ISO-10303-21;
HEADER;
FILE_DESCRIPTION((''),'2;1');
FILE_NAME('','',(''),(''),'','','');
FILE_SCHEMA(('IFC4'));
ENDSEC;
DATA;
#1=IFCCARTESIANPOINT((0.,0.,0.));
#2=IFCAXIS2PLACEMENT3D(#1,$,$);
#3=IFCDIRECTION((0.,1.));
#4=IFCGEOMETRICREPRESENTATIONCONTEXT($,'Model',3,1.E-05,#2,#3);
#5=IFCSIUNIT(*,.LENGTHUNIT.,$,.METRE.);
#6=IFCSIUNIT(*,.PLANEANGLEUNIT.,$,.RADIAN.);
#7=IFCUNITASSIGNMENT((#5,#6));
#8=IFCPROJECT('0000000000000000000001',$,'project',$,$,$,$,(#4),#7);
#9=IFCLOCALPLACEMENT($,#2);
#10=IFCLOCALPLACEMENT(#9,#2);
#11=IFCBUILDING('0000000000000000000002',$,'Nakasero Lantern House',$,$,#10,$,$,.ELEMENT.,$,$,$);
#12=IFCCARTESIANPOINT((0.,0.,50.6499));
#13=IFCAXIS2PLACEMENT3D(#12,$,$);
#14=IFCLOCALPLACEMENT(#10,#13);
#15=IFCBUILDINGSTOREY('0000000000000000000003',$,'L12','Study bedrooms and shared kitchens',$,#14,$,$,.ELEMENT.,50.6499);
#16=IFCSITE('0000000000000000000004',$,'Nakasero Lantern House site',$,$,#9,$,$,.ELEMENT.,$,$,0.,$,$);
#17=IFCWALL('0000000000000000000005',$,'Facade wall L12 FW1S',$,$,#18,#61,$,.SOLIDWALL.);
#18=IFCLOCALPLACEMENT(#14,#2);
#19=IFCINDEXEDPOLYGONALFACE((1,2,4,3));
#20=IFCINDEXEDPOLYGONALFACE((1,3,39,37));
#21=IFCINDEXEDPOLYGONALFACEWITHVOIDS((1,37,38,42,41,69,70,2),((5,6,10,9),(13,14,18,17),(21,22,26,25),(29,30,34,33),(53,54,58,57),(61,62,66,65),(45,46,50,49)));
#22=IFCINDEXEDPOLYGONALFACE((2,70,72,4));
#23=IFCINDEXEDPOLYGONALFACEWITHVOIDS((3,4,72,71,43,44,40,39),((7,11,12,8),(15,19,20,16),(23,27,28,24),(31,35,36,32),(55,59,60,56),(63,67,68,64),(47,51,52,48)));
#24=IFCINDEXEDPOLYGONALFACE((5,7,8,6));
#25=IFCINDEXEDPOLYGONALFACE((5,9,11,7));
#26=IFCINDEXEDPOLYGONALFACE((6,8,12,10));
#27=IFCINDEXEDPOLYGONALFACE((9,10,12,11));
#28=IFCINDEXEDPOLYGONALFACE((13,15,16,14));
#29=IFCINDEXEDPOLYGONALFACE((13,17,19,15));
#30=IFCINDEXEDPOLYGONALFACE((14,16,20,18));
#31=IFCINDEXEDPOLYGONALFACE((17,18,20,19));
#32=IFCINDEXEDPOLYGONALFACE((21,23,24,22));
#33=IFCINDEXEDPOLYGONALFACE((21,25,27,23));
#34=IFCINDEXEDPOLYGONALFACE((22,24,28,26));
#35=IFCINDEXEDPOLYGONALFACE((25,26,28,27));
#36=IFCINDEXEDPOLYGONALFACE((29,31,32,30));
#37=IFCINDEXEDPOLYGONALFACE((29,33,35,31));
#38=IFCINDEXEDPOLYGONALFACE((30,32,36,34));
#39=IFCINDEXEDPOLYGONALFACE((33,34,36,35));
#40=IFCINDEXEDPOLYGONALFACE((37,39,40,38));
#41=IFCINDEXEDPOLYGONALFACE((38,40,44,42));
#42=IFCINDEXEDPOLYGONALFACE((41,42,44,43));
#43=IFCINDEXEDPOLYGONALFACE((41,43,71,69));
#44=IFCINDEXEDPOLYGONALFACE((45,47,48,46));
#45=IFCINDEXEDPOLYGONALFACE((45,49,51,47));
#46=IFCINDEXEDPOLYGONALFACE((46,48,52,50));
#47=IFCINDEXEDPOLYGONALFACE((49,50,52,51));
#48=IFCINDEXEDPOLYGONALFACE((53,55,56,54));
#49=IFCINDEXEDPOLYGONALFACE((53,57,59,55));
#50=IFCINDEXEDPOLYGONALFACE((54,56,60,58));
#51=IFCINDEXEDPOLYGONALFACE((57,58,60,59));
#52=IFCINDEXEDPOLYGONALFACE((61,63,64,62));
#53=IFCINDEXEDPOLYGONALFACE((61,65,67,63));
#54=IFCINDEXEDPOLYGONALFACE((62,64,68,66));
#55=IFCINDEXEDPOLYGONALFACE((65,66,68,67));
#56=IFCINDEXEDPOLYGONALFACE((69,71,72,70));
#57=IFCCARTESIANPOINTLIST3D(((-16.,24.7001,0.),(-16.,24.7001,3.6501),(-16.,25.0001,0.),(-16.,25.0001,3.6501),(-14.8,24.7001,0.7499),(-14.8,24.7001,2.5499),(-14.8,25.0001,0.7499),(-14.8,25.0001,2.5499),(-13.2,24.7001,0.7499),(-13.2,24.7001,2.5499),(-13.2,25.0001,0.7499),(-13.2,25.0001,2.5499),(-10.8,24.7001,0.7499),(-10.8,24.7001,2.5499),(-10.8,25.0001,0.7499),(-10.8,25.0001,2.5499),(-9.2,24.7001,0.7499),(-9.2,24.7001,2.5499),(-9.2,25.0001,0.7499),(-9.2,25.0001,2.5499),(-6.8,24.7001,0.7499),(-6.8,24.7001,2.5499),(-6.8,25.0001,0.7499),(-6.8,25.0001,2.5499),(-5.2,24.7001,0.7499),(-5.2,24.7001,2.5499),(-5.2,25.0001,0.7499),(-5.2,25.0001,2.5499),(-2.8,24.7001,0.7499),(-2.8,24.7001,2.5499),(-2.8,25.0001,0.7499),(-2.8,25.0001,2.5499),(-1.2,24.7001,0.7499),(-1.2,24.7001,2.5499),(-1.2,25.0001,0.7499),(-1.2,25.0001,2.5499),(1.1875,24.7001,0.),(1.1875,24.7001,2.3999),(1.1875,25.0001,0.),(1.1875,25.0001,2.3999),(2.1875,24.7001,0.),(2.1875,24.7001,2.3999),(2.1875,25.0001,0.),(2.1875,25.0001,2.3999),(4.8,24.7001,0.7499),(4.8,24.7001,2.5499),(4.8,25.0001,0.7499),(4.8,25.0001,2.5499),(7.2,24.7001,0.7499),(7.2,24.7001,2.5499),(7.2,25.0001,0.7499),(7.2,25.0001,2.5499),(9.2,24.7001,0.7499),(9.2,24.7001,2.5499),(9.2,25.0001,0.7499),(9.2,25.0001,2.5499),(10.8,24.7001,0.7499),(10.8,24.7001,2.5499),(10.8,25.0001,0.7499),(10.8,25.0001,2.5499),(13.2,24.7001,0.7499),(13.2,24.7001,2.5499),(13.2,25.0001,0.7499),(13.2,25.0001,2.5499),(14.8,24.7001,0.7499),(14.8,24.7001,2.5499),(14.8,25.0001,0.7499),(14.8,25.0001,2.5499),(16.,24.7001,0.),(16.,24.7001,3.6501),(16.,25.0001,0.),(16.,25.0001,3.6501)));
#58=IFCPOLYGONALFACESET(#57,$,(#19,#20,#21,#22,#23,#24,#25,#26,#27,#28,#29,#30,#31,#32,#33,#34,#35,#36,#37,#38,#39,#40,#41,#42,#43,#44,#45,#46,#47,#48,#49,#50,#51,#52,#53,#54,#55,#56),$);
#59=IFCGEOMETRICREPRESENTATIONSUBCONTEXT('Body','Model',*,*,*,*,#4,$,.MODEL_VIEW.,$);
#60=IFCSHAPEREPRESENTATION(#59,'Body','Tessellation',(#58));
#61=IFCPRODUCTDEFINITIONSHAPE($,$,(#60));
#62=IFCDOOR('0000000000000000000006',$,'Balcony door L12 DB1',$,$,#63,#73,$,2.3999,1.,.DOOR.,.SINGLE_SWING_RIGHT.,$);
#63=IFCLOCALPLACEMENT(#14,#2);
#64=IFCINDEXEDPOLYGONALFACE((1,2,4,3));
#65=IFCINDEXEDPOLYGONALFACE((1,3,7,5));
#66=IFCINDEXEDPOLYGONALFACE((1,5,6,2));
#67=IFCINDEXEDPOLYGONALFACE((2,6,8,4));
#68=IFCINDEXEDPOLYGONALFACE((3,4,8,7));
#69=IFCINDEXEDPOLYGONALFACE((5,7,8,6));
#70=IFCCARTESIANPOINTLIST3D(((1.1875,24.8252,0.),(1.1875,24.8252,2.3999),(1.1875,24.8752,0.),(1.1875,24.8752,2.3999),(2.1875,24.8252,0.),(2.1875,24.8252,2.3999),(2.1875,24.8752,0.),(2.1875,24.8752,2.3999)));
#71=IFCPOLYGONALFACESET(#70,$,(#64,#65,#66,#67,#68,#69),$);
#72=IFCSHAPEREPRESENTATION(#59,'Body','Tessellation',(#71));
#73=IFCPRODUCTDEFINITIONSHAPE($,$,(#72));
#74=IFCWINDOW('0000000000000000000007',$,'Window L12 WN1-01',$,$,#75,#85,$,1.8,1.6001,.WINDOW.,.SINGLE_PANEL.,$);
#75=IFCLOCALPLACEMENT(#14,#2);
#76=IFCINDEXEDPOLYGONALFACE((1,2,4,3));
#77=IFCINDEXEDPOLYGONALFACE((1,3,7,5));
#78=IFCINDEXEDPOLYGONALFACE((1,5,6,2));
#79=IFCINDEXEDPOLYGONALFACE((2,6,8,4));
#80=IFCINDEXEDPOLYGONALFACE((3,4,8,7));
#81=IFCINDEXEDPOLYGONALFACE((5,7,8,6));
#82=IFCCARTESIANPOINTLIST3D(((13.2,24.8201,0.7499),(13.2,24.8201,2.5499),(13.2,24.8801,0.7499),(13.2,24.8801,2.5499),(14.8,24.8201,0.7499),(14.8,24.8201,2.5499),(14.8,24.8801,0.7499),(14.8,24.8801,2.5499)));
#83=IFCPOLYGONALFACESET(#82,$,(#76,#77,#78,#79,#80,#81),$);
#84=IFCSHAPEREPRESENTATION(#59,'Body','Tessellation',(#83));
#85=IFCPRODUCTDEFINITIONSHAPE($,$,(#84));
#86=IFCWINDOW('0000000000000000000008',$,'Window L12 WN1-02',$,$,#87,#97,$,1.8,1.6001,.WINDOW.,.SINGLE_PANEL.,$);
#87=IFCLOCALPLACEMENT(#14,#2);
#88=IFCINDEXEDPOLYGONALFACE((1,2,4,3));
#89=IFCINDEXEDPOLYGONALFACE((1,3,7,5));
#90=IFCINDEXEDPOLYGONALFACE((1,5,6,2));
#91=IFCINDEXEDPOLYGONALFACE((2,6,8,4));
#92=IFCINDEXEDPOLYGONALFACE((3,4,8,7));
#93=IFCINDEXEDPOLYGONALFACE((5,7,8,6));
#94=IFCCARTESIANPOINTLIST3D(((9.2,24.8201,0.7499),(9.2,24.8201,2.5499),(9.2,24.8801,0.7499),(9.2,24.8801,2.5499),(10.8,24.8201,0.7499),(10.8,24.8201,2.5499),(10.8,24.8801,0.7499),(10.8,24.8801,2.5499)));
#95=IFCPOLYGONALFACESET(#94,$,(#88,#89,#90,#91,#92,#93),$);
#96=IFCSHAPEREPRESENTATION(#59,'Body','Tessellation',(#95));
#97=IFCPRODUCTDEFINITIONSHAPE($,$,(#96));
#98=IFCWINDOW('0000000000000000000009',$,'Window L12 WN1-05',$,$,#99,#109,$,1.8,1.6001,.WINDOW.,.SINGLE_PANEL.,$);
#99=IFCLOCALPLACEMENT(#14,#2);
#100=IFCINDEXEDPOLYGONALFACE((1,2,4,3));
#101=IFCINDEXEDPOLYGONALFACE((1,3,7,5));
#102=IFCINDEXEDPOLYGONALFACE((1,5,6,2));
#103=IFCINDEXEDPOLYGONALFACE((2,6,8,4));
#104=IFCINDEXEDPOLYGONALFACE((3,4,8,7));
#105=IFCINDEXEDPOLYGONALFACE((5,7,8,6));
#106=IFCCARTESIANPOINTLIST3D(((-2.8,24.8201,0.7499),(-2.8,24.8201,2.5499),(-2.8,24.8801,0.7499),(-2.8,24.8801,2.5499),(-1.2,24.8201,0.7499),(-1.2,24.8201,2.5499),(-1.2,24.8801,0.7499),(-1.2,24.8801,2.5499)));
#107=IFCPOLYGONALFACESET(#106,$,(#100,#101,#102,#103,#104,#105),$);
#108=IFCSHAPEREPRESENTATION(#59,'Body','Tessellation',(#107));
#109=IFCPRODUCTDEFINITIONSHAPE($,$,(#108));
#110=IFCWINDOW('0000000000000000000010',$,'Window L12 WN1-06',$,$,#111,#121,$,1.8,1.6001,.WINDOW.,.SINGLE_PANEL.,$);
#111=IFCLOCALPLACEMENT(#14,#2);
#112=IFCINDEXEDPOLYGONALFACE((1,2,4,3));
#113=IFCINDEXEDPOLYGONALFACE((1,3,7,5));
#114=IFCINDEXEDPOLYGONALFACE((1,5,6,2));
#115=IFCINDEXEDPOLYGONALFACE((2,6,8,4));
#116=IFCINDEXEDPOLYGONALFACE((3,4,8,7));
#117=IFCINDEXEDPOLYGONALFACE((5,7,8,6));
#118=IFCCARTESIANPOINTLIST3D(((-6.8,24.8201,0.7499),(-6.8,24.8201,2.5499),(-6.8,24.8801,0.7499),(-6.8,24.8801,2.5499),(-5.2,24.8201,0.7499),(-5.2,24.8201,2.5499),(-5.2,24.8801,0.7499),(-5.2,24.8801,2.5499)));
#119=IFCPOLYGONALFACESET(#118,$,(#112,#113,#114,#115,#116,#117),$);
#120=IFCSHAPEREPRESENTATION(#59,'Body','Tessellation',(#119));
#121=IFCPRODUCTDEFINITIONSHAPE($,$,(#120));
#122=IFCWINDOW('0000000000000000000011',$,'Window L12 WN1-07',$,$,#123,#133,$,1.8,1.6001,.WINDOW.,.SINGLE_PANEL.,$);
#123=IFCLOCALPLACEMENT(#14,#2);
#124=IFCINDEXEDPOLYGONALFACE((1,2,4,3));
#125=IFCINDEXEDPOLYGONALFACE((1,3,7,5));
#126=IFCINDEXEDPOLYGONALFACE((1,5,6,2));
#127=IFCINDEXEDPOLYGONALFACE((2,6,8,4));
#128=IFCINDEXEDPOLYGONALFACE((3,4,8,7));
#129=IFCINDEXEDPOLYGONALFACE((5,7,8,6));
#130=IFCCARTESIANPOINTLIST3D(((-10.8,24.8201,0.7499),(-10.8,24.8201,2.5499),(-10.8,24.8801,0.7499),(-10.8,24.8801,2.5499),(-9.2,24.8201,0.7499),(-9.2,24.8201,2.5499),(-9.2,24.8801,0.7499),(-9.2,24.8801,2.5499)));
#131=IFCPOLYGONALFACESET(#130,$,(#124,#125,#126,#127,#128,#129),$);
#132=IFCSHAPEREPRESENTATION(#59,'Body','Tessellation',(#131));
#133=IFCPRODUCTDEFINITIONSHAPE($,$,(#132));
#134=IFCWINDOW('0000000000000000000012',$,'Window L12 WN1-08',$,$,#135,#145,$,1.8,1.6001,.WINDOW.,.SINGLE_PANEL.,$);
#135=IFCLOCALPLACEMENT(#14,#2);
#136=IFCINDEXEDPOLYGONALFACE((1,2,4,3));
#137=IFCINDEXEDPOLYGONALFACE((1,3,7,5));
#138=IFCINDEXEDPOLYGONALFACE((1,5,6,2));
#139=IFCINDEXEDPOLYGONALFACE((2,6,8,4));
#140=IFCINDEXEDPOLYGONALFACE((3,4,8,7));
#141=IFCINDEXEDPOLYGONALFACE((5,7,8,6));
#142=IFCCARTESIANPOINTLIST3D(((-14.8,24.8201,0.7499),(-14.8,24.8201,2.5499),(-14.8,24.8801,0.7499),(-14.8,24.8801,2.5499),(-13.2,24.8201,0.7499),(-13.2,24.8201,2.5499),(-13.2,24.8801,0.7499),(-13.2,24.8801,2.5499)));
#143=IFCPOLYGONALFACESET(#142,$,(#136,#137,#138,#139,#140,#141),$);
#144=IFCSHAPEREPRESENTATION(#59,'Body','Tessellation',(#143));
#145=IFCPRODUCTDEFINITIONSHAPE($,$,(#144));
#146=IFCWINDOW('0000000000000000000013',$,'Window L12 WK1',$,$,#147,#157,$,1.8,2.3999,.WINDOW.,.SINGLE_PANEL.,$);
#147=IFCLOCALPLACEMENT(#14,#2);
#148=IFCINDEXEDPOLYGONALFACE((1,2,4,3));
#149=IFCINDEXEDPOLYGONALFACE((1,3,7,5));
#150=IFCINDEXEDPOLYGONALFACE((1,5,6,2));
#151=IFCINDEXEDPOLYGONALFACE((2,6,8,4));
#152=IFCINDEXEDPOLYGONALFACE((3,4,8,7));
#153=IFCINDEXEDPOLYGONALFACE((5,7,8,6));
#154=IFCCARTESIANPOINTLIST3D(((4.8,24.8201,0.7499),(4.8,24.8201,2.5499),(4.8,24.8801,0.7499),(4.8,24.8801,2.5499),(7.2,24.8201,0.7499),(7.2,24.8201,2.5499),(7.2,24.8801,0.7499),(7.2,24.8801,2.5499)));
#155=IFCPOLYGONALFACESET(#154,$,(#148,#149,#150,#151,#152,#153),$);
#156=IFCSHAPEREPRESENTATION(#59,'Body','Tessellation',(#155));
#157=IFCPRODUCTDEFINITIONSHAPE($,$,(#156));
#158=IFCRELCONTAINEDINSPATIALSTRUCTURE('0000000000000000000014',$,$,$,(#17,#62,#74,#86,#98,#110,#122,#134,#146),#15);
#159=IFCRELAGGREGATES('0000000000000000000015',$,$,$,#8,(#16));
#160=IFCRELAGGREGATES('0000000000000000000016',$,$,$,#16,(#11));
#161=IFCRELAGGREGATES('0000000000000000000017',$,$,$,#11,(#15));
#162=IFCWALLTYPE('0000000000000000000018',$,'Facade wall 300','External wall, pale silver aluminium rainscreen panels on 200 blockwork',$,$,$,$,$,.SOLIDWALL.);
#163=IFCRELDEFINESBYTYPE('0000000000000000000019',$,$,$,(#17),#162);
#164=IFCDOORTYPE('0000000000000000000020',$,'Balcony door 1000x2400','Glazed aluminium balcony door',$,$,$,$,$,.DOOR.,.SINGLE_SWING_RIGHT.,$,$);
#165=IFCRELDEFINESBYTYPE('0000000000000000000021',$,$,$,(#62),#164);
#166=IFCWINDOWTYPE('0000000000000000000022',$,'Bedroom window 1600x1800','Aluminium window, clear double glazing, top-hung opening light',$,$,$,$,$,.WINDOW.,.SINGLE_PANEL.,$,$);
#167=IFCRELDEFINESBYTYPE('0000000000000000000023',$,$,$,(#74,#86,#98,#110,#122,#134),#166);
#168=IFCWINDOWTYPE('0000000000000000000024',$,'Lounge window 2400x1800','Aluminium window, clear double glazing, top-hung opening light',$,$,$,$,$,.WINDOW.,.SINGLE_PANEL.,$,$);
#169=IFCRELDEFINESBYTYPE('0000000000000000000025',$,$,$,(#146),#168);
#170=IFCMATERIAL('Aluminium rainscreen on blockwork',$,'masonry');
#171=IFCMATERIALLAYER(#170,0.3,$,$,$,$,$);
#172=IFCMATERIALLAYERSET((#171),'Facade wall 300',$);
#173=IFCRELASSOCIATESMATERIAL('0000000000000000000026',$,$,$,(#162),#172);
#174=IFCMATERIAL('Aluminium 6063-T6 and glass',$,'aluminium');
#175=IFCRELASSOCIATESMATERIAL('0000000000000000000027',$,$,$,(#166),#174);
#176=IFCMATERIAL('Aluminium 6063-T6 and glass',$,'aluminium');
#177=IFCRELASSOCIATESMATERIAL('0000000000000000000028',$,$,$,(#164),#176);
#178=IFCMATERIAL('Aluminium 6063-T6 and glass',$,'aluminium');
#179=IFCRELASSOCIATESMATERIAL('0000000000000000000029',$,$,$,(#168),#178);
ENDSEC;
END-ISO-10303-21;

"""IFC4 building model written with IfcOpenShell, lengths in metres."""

from ifc_helpers import new_model, si_unit, direction, frame, frame_2d, origin, place, context, subcontext, project, spatial, rectangle, extrude, material, layer, layer_set, type_object, element, fill, save


model = new_model("IFC4")

# Units and contexts
model_context = context("Model", 3, precision=1e-05, world=origin(), true_north=direction((0.0, 1.0)))
body_context = subcontext(model_context, "Body", "Model", "MODEL_VIEW")
ifc_project = project(units=[si_unit("LENGTHUNIT", "METRE"), si_unit("PLANEANGLEUNIT", "RADIAN")], contexts=[model_context])

# Site, building, storey
site_placement = place(None, origin())
site = spatial("IfcSite", under=ifc_project, at=site_placement, Name="Nakasero Lantern House site", CompositionType="ELEMENT", RefElevation=0.0)
building_placement = place(site_placement, origin())
building = spatial("IfcBuilding", under=site, at=building_placement, Name="Nakasero Lantern House", CompositionType="ELEMENT")
storey_placement = place(building_placement, frame((0.0, 0.0, 50.6499)))
storey = spatial("IfcBuildingStorey", under=building, at=storey_placement, Name="L12", Description="Study bedrooms and shared kitchens", CompositionType="ELEMENT", Elevation=50.6499)

# Shared definitions
ifc_material_1 = material(Name="Aluminium rainscreen on blockwork", Category="masonry")
ifc_layer_1 = layer(ifc_material_1, 0.3)
ifc_layer_set_1 = layer_set([ifc_layer_1], Name="Facade wall 300")
wall_type_1 = type_object("IfcWallType", Name="Facade wall 300", Description="External wall, pale silver aluminium rainscreen panels on 200 blockwork", PredefinedType="SOLIDWALL", material=ifc_layer_set_1)
ifc_material_2 = material(Name="Aluminium 6063-T6 and glass", Category="aluminium")
window_type_1 = type_object("IfcWindowType", Name="Bedroom window 1600x1800", Description="Aluminium window, clear double glazing, top-hung opening light", PartitioningType="SINGLE_PANEL", PredefinedType="WINDOW", material=ifc_material_2)

# Wall, openings, door, windows
wall_1_placement = place(storey_placement, frame((16.0, 24.8501, 0.0), z_axis=(0.0, 0.0, 1.0), x_axis=(-1.0, 0.0, 0.0)))
wall_1 = element("IfcWall", 1, at=wall_1_placement, inside=storey, type_object=wall_type_1, Name="Facade wall L12 FW1S", PredefinedType="SOLIDWALL", context=body_context, shape_type="SweptSolid", body=[
    extrude(rectangle(XDim=32.0, YDim=0.3, at=frame_2d((16.0, 0.0))), origin(), (0.0, 0.0, 1.0), 3.6501),
])
opening_1_placement = place(wall_1_placement, frame((1.2, 0.0, 0.75)))
opening_1 = element("IfcOpeningElement", 2, at=opening_1_placement, cuts=wall_1, PredefinedType="OPENING", context=body_context, shape_type="SweptSolid", body=[
    extrude(rectangle(XDim=1.6001, YDim=1.8, at=frame_2d((0.8, 0.8999))), frame((0.0, 0.1699, 0.0), z_axis=(0.0, -1.0, 0.0), x_axis=(1.0, 0.0, 0.0)), (0.0, 0.0, 1.0), 0.3401),
])
opening_2_placement = place(wall_1_placement, frame((5.2, 0.0, 0.75)))
opening_2 = element("IfcOpeningElement", 3, at=opening_2_placement, cuts=wall_1, PredefinedType="OPENING", context=body_context, shape_type="SweptSolid", body=[
    extrude(rectangle(XDim=1.6001, YDim=1.8, at=frame_2d((0.8, 0.8999))), frame((0.0, 0.1699, 0.0), z_axis=(0.0, -1.0, 0.0), x_axis=(1.0, 0.0, 0.0)), (0.0, 0.0, 1.0), 0.3401),
])
opening_3_placement = place(wall_1_placement, frame((17.2, 0.0, 0.75)))
opening_3 = element("IfcOpeningElement", 4, at=opening_3_placement, cuts=wall_1, PredefinedType="OPENING", context=body_context, shape_type="SweptSolid", body=[
    extrude(rectangle(XDim=1.6001, YDim=1.8, at=frame_2d((0.8, 0.8999))), frame((0.0, 0.1699, 0.0), z_axis=(0.0, -1.0, 0.0), x_axis=(1.0, 0.0, 0.0)), (0.0, 0.0, 1.0), 0.3401),
])
opening_4_placement = place(wall_1_placement, frame((21.2, 0.0, 0.75)))
opening_4 = element("IfcOpeningElement", 5, at=opening_4_placement, cuts=wall_1, PredefinedType="OPENING", context=body_context, shape_type="SweptSolid", body=[
    extrude(rectangle(XDim=1.6001, YDim=1.8, at=frame_2d((0.8, 0.8999))), frame((0.0, 0.1699, 0.0), z_axis=(0.0, -1.0, 0.0), x_axis=(1.0, 0.0, 0.0)), (0.0, 0.0, 1.0), 0.3401),
])
opening_5_placement = place(wall_1_placement, frame((25.2, 0.0, 0.75)))
opening_5 = element("IfcOpeningElement", 6, at=opening_5_placement, cuts=wall_1, PredefinedType="OPENING", context=body_context, shape_type="SweptSolid", body=[
    extrude(rectangle(XDim=1.6001, YDim=1.8, at=frame_2d((0.8, 0.8999))), frame((0.0, 0.1699, 0.0), z_axis=(0.0, -1.0, 0.0), x_axis=(1.0, 0.0, 0.0)), (0.0, 0.0, 1.0), 0.3401),
])
opening_6_placement = place(wall_1_placement, frame((29.2, 0.0, 0.75)))
opening_6 = element("IfcOpeningElement", 7, at=opening_6_placement, cuts=wall_1, PredefinedType="OPENING", context=body_context, shape_type="SweptSolid", body=[
    extrude(rectangle(XDim=1.6001, YDim=1.8, at=frame_2d((0.8, 0.8999))), frame((0.0, 0.1699, 0.0), z_axis=(0.0, -1.0, 0.0), x_axis=(1.0, 0.0, 0.0)), (0.0, 0.0, 1.0), 0.3401),
])
opening_7_placement = place(wall_1_placement, frame((8.8, 0.0, 0.75)))
opening_7 = element("IfcOpeningElement", 8, at=opening_7_placement, cuts=wall_1, PredefinedType="OPENING", context=body_context, shape_type="SweptSolid", body=[
    extrude(rectangle(XDim=2.3999, YDim=1.8, at=frame_2d((1.2, 0.8999))), frame((0.0, 0.1699, 0.0), z_axis=(0.0, -1.0, 0.0), x_axis=(1.0, 0.0, 0.0)), (0.0, 0.0, 1.0), 0.3401),
])
opening_8_placement = place(wall_1_placement, frame((13.8125, 0.0, 0.0)))
opening_8 = element("IfcOpeningElement", 9, at=opening_8_placement, cuts=wall_1, PredefinedType="OPENING", context=body_context, shape_type="SweptSolid", body=[
    extrude(rectangle(XDim=1.0, YDim=2.3999, at=frame_2d((0.5, 1.2))), frame((0.0, 0.1699, 0.0), z_axis=(0.0, -1.0, 0.0), x_axis=(1.0, 0.0, 0.0)), (0.0, 0.0, 1.0), 0.3401),
])
ifc_material_3 = material(Name="Aluminium 6063-T6 and glass", Category="aluminium")
door_type_1 = type_object("IfcDoorType", Name="Balcony door 1000x2400", Description="Glazed aluminium balcony door", OperationType="SINGLE_SWING_RIGHT", PredefinedType="DOOR", material=ifc_material_3)
door_1_placement = place(opening_8_placement, origin())
door_1 = element("IfcDoor", 10, at=door_1_placement, inside=storey, type_object=door_type_1, Name="Balcony door L12 DB1", OperationType="SINGLE_SWING_RIGHT", OverallHeight=2.3999, OverallWidth=1.0, PredefinedType="DOOR", context=body_context, shape_type="SweptSolid", body=[
    extrude(rectangle(XDim=1.0, YDim=2.3999, at=frame_2d((0.5, 1.2))), frame((0.0, 0.0249, 0.0), z_axis=(0.0, -1.0, 0.0), x_axis=(1.0, 0.0, 0.0)), (0.0, 0.0, 1.0), 0.05),
])
fill(opening_8, door_1)
window_1_placement = place(opening_1_placement, origin())
window_1 = element("IfcWindow", 11, at=window_1_placement, inside=storey, type_object=window_type_1, Name="Window L12 WN1-01", OverallHeight=1.8, OverallWidth=1.6001, PartitioningType="SINGLE_PANEL", PredefinedType="WINDOW", context=body_context, shape_type="SweptSolid", body=[
    extrude(rectangle(XDim=1.6001, YDim=1.8, at=frame_2d((0.8, 0.8999))), frame((0.0, 0.03, 0.0), z_axis=(0.0, -1.0, 0.0), x_axis=(1.0, 0.0, 0.0)), (0.0, 0.0, 1.0), 0.0601),
])
fill(opening_1, window_1)
window_2_placement = place(opening_2_placement, origin())
window_2 = element("IfcWindow", 12, at=window_2_placement, inside=storey, type_object=window_type_1, Name="Window L12 WN1-02", OverallHeight=1.8, OverallWidth=1.6001, PartitioningType="SINGLE_PANEL", PredefinedType="WINDOW", context=body_context, shape_type="SweptSolid", body=[
    extrude(rectangle(XDim=1.6001, YDim=1.8, at=frame_2d((0.8, 0.8999))), frame((0.0, 0.03, 0.0), z_axis=(0.0, -1.0, 0.0), x_axis=(1.0, 0.0, 0.0)), (0.0, 0.0, 1.0), 0.0601),
])
fill(opening_2, window_2)
window_3_placement = place(opening_3_placement, origin())
window_3 = element("IfcWindow", 13, at=window_3_placement, inside=storey, type_object=window_type_1, Name="Window L12 WN1-05", OverallHeight=1.8, OverallWidth=1.6001, PartitioningType="SINGLE_PANEL", PredefinedType="WINDOW", context=body_context, shape_type="SweptSolid", body=[
    extrude(rectangle(XDim=1.6001, YDim=1.8, at=frame_2d((0.8, 0.8999))), frame((0.0, 0.03, 0.0), z_axis=(0.0, -1.0, 0.0), x_axis=(1.0, 0.0, 0.0)), (0.0, 0.0, 1.0), 0.0601),
])
fill(opening_3, window_3)
window_4_placement = place(opening_4_placement, origin())
window_4 = element("IfcWindow", 14, at=window_4_placement, inside=storey, type_object=window_type_1, Name="Window L12 WN1-06", OverallHeight=1.8, OverallWidth=1.6001, PartitioningType="SINGLE_PANEL", PredefinedType="WINDOW", context=body_context, shape_type="SweptSolid", body=[
    extrude(rectangle(XDim=1.6001, YDim=1.8, at=frame_2d((0.8, 0.8999))), frame((0.0, 0.03, 0.0), z_axis=(0.0, -1.0, 0.0), x_axis=(1.0, 0.0, 0.0)), (0.0, 0.0, 1.0), 0.0601),
])
fill(opening_4, window_4)
window_5_placement = place(opening_5_placement, origin())
window_5 = element("IfcWindow", 15, at=window_5_placement, inside=storey, type_object=window_type_1, Name="Window L12 WN1-07", OverallHeight=1.8, OverallWidth=1.6001, PartitioningType="SINGLE_PANEL", PredefinedType="WINDOW", context=body_context, shape_type="SweptSolid", body=[
    extrude(rectangle(XDim=1.6001, YDim=1.8, at=frame_2d((0.8, 0.8999))), frame((0.0, 0.03, 0.0), z_axis=(0.0, -1.0, 0.0), x_axis=(1.0, 0.0, 0.0)), (0.0, 0.0, 1.0), 0.0601),
])
fill(opening_5, window_5)
window_6_placement = place(opening_6_placement, origin())
window_6 = element("IfcWindow", 16, at=window_6_placement, inside=storey, type_object=window_type_1, Name="Window L12 WN1-08", OverallHeight=1.8, OverallWidth=1.6001, PartitioningType="SINGLE_PANEL", PredefinedType="WINDOW", context=body_context, shape_type="SweptSolid", body=[
    extrude(rectangle(XDim=1.6001, YDim=1.8, at=frame_2d((0.8, 0.8999))), frame((0.0, 0.03, 0.0), z_axis=(0.0, -1.0, 0.0), x_axis=(1.0, 0.0, 0.0)), (0.0, 0.0, 1.0), 0.0601),
])
fill(opening_6, window_6)
ifc_material_4 = material(Name="Aluminium 6063-T6 and glass", Category="aluminium")
window_type_2 = type_object("IfcWindowType", Name="Lounge window 2400x1800", Description="Aluminium window, clear double glazing, top-hung opening light", PartitioningType="SINGLE_PANEL", PredefinedType="WINDOW", material=ifc_material_4)
window_7_placement = place(opening_7_placement, origin())
window_7 = element("IfcWindow", 17, at=window_7_placement, inside=storey, type_object=window_type_2, Name="Window L12 WK1", OverallHeight=1.8, OverallWidth=2.3999, PartitioningType="SINGLE_PANEL", PredefinedType="WINDOW", context=body_context, shape_type="SweptSolid", body=[
    extrude(rectangle(XDim=2.3999, YDim=1.8, at=frame_2d((1.2, 0.8999))), frame((0.0, 0.03, 0.0), z_axis=(0.0, -1.0, 0.0), x_axis=(1.0, 0.0, 0.0)), (0.0, 0.0, 1.0), 0.0601),
])
fill(opening_7, window_7)

save(model, "model.ifc")
